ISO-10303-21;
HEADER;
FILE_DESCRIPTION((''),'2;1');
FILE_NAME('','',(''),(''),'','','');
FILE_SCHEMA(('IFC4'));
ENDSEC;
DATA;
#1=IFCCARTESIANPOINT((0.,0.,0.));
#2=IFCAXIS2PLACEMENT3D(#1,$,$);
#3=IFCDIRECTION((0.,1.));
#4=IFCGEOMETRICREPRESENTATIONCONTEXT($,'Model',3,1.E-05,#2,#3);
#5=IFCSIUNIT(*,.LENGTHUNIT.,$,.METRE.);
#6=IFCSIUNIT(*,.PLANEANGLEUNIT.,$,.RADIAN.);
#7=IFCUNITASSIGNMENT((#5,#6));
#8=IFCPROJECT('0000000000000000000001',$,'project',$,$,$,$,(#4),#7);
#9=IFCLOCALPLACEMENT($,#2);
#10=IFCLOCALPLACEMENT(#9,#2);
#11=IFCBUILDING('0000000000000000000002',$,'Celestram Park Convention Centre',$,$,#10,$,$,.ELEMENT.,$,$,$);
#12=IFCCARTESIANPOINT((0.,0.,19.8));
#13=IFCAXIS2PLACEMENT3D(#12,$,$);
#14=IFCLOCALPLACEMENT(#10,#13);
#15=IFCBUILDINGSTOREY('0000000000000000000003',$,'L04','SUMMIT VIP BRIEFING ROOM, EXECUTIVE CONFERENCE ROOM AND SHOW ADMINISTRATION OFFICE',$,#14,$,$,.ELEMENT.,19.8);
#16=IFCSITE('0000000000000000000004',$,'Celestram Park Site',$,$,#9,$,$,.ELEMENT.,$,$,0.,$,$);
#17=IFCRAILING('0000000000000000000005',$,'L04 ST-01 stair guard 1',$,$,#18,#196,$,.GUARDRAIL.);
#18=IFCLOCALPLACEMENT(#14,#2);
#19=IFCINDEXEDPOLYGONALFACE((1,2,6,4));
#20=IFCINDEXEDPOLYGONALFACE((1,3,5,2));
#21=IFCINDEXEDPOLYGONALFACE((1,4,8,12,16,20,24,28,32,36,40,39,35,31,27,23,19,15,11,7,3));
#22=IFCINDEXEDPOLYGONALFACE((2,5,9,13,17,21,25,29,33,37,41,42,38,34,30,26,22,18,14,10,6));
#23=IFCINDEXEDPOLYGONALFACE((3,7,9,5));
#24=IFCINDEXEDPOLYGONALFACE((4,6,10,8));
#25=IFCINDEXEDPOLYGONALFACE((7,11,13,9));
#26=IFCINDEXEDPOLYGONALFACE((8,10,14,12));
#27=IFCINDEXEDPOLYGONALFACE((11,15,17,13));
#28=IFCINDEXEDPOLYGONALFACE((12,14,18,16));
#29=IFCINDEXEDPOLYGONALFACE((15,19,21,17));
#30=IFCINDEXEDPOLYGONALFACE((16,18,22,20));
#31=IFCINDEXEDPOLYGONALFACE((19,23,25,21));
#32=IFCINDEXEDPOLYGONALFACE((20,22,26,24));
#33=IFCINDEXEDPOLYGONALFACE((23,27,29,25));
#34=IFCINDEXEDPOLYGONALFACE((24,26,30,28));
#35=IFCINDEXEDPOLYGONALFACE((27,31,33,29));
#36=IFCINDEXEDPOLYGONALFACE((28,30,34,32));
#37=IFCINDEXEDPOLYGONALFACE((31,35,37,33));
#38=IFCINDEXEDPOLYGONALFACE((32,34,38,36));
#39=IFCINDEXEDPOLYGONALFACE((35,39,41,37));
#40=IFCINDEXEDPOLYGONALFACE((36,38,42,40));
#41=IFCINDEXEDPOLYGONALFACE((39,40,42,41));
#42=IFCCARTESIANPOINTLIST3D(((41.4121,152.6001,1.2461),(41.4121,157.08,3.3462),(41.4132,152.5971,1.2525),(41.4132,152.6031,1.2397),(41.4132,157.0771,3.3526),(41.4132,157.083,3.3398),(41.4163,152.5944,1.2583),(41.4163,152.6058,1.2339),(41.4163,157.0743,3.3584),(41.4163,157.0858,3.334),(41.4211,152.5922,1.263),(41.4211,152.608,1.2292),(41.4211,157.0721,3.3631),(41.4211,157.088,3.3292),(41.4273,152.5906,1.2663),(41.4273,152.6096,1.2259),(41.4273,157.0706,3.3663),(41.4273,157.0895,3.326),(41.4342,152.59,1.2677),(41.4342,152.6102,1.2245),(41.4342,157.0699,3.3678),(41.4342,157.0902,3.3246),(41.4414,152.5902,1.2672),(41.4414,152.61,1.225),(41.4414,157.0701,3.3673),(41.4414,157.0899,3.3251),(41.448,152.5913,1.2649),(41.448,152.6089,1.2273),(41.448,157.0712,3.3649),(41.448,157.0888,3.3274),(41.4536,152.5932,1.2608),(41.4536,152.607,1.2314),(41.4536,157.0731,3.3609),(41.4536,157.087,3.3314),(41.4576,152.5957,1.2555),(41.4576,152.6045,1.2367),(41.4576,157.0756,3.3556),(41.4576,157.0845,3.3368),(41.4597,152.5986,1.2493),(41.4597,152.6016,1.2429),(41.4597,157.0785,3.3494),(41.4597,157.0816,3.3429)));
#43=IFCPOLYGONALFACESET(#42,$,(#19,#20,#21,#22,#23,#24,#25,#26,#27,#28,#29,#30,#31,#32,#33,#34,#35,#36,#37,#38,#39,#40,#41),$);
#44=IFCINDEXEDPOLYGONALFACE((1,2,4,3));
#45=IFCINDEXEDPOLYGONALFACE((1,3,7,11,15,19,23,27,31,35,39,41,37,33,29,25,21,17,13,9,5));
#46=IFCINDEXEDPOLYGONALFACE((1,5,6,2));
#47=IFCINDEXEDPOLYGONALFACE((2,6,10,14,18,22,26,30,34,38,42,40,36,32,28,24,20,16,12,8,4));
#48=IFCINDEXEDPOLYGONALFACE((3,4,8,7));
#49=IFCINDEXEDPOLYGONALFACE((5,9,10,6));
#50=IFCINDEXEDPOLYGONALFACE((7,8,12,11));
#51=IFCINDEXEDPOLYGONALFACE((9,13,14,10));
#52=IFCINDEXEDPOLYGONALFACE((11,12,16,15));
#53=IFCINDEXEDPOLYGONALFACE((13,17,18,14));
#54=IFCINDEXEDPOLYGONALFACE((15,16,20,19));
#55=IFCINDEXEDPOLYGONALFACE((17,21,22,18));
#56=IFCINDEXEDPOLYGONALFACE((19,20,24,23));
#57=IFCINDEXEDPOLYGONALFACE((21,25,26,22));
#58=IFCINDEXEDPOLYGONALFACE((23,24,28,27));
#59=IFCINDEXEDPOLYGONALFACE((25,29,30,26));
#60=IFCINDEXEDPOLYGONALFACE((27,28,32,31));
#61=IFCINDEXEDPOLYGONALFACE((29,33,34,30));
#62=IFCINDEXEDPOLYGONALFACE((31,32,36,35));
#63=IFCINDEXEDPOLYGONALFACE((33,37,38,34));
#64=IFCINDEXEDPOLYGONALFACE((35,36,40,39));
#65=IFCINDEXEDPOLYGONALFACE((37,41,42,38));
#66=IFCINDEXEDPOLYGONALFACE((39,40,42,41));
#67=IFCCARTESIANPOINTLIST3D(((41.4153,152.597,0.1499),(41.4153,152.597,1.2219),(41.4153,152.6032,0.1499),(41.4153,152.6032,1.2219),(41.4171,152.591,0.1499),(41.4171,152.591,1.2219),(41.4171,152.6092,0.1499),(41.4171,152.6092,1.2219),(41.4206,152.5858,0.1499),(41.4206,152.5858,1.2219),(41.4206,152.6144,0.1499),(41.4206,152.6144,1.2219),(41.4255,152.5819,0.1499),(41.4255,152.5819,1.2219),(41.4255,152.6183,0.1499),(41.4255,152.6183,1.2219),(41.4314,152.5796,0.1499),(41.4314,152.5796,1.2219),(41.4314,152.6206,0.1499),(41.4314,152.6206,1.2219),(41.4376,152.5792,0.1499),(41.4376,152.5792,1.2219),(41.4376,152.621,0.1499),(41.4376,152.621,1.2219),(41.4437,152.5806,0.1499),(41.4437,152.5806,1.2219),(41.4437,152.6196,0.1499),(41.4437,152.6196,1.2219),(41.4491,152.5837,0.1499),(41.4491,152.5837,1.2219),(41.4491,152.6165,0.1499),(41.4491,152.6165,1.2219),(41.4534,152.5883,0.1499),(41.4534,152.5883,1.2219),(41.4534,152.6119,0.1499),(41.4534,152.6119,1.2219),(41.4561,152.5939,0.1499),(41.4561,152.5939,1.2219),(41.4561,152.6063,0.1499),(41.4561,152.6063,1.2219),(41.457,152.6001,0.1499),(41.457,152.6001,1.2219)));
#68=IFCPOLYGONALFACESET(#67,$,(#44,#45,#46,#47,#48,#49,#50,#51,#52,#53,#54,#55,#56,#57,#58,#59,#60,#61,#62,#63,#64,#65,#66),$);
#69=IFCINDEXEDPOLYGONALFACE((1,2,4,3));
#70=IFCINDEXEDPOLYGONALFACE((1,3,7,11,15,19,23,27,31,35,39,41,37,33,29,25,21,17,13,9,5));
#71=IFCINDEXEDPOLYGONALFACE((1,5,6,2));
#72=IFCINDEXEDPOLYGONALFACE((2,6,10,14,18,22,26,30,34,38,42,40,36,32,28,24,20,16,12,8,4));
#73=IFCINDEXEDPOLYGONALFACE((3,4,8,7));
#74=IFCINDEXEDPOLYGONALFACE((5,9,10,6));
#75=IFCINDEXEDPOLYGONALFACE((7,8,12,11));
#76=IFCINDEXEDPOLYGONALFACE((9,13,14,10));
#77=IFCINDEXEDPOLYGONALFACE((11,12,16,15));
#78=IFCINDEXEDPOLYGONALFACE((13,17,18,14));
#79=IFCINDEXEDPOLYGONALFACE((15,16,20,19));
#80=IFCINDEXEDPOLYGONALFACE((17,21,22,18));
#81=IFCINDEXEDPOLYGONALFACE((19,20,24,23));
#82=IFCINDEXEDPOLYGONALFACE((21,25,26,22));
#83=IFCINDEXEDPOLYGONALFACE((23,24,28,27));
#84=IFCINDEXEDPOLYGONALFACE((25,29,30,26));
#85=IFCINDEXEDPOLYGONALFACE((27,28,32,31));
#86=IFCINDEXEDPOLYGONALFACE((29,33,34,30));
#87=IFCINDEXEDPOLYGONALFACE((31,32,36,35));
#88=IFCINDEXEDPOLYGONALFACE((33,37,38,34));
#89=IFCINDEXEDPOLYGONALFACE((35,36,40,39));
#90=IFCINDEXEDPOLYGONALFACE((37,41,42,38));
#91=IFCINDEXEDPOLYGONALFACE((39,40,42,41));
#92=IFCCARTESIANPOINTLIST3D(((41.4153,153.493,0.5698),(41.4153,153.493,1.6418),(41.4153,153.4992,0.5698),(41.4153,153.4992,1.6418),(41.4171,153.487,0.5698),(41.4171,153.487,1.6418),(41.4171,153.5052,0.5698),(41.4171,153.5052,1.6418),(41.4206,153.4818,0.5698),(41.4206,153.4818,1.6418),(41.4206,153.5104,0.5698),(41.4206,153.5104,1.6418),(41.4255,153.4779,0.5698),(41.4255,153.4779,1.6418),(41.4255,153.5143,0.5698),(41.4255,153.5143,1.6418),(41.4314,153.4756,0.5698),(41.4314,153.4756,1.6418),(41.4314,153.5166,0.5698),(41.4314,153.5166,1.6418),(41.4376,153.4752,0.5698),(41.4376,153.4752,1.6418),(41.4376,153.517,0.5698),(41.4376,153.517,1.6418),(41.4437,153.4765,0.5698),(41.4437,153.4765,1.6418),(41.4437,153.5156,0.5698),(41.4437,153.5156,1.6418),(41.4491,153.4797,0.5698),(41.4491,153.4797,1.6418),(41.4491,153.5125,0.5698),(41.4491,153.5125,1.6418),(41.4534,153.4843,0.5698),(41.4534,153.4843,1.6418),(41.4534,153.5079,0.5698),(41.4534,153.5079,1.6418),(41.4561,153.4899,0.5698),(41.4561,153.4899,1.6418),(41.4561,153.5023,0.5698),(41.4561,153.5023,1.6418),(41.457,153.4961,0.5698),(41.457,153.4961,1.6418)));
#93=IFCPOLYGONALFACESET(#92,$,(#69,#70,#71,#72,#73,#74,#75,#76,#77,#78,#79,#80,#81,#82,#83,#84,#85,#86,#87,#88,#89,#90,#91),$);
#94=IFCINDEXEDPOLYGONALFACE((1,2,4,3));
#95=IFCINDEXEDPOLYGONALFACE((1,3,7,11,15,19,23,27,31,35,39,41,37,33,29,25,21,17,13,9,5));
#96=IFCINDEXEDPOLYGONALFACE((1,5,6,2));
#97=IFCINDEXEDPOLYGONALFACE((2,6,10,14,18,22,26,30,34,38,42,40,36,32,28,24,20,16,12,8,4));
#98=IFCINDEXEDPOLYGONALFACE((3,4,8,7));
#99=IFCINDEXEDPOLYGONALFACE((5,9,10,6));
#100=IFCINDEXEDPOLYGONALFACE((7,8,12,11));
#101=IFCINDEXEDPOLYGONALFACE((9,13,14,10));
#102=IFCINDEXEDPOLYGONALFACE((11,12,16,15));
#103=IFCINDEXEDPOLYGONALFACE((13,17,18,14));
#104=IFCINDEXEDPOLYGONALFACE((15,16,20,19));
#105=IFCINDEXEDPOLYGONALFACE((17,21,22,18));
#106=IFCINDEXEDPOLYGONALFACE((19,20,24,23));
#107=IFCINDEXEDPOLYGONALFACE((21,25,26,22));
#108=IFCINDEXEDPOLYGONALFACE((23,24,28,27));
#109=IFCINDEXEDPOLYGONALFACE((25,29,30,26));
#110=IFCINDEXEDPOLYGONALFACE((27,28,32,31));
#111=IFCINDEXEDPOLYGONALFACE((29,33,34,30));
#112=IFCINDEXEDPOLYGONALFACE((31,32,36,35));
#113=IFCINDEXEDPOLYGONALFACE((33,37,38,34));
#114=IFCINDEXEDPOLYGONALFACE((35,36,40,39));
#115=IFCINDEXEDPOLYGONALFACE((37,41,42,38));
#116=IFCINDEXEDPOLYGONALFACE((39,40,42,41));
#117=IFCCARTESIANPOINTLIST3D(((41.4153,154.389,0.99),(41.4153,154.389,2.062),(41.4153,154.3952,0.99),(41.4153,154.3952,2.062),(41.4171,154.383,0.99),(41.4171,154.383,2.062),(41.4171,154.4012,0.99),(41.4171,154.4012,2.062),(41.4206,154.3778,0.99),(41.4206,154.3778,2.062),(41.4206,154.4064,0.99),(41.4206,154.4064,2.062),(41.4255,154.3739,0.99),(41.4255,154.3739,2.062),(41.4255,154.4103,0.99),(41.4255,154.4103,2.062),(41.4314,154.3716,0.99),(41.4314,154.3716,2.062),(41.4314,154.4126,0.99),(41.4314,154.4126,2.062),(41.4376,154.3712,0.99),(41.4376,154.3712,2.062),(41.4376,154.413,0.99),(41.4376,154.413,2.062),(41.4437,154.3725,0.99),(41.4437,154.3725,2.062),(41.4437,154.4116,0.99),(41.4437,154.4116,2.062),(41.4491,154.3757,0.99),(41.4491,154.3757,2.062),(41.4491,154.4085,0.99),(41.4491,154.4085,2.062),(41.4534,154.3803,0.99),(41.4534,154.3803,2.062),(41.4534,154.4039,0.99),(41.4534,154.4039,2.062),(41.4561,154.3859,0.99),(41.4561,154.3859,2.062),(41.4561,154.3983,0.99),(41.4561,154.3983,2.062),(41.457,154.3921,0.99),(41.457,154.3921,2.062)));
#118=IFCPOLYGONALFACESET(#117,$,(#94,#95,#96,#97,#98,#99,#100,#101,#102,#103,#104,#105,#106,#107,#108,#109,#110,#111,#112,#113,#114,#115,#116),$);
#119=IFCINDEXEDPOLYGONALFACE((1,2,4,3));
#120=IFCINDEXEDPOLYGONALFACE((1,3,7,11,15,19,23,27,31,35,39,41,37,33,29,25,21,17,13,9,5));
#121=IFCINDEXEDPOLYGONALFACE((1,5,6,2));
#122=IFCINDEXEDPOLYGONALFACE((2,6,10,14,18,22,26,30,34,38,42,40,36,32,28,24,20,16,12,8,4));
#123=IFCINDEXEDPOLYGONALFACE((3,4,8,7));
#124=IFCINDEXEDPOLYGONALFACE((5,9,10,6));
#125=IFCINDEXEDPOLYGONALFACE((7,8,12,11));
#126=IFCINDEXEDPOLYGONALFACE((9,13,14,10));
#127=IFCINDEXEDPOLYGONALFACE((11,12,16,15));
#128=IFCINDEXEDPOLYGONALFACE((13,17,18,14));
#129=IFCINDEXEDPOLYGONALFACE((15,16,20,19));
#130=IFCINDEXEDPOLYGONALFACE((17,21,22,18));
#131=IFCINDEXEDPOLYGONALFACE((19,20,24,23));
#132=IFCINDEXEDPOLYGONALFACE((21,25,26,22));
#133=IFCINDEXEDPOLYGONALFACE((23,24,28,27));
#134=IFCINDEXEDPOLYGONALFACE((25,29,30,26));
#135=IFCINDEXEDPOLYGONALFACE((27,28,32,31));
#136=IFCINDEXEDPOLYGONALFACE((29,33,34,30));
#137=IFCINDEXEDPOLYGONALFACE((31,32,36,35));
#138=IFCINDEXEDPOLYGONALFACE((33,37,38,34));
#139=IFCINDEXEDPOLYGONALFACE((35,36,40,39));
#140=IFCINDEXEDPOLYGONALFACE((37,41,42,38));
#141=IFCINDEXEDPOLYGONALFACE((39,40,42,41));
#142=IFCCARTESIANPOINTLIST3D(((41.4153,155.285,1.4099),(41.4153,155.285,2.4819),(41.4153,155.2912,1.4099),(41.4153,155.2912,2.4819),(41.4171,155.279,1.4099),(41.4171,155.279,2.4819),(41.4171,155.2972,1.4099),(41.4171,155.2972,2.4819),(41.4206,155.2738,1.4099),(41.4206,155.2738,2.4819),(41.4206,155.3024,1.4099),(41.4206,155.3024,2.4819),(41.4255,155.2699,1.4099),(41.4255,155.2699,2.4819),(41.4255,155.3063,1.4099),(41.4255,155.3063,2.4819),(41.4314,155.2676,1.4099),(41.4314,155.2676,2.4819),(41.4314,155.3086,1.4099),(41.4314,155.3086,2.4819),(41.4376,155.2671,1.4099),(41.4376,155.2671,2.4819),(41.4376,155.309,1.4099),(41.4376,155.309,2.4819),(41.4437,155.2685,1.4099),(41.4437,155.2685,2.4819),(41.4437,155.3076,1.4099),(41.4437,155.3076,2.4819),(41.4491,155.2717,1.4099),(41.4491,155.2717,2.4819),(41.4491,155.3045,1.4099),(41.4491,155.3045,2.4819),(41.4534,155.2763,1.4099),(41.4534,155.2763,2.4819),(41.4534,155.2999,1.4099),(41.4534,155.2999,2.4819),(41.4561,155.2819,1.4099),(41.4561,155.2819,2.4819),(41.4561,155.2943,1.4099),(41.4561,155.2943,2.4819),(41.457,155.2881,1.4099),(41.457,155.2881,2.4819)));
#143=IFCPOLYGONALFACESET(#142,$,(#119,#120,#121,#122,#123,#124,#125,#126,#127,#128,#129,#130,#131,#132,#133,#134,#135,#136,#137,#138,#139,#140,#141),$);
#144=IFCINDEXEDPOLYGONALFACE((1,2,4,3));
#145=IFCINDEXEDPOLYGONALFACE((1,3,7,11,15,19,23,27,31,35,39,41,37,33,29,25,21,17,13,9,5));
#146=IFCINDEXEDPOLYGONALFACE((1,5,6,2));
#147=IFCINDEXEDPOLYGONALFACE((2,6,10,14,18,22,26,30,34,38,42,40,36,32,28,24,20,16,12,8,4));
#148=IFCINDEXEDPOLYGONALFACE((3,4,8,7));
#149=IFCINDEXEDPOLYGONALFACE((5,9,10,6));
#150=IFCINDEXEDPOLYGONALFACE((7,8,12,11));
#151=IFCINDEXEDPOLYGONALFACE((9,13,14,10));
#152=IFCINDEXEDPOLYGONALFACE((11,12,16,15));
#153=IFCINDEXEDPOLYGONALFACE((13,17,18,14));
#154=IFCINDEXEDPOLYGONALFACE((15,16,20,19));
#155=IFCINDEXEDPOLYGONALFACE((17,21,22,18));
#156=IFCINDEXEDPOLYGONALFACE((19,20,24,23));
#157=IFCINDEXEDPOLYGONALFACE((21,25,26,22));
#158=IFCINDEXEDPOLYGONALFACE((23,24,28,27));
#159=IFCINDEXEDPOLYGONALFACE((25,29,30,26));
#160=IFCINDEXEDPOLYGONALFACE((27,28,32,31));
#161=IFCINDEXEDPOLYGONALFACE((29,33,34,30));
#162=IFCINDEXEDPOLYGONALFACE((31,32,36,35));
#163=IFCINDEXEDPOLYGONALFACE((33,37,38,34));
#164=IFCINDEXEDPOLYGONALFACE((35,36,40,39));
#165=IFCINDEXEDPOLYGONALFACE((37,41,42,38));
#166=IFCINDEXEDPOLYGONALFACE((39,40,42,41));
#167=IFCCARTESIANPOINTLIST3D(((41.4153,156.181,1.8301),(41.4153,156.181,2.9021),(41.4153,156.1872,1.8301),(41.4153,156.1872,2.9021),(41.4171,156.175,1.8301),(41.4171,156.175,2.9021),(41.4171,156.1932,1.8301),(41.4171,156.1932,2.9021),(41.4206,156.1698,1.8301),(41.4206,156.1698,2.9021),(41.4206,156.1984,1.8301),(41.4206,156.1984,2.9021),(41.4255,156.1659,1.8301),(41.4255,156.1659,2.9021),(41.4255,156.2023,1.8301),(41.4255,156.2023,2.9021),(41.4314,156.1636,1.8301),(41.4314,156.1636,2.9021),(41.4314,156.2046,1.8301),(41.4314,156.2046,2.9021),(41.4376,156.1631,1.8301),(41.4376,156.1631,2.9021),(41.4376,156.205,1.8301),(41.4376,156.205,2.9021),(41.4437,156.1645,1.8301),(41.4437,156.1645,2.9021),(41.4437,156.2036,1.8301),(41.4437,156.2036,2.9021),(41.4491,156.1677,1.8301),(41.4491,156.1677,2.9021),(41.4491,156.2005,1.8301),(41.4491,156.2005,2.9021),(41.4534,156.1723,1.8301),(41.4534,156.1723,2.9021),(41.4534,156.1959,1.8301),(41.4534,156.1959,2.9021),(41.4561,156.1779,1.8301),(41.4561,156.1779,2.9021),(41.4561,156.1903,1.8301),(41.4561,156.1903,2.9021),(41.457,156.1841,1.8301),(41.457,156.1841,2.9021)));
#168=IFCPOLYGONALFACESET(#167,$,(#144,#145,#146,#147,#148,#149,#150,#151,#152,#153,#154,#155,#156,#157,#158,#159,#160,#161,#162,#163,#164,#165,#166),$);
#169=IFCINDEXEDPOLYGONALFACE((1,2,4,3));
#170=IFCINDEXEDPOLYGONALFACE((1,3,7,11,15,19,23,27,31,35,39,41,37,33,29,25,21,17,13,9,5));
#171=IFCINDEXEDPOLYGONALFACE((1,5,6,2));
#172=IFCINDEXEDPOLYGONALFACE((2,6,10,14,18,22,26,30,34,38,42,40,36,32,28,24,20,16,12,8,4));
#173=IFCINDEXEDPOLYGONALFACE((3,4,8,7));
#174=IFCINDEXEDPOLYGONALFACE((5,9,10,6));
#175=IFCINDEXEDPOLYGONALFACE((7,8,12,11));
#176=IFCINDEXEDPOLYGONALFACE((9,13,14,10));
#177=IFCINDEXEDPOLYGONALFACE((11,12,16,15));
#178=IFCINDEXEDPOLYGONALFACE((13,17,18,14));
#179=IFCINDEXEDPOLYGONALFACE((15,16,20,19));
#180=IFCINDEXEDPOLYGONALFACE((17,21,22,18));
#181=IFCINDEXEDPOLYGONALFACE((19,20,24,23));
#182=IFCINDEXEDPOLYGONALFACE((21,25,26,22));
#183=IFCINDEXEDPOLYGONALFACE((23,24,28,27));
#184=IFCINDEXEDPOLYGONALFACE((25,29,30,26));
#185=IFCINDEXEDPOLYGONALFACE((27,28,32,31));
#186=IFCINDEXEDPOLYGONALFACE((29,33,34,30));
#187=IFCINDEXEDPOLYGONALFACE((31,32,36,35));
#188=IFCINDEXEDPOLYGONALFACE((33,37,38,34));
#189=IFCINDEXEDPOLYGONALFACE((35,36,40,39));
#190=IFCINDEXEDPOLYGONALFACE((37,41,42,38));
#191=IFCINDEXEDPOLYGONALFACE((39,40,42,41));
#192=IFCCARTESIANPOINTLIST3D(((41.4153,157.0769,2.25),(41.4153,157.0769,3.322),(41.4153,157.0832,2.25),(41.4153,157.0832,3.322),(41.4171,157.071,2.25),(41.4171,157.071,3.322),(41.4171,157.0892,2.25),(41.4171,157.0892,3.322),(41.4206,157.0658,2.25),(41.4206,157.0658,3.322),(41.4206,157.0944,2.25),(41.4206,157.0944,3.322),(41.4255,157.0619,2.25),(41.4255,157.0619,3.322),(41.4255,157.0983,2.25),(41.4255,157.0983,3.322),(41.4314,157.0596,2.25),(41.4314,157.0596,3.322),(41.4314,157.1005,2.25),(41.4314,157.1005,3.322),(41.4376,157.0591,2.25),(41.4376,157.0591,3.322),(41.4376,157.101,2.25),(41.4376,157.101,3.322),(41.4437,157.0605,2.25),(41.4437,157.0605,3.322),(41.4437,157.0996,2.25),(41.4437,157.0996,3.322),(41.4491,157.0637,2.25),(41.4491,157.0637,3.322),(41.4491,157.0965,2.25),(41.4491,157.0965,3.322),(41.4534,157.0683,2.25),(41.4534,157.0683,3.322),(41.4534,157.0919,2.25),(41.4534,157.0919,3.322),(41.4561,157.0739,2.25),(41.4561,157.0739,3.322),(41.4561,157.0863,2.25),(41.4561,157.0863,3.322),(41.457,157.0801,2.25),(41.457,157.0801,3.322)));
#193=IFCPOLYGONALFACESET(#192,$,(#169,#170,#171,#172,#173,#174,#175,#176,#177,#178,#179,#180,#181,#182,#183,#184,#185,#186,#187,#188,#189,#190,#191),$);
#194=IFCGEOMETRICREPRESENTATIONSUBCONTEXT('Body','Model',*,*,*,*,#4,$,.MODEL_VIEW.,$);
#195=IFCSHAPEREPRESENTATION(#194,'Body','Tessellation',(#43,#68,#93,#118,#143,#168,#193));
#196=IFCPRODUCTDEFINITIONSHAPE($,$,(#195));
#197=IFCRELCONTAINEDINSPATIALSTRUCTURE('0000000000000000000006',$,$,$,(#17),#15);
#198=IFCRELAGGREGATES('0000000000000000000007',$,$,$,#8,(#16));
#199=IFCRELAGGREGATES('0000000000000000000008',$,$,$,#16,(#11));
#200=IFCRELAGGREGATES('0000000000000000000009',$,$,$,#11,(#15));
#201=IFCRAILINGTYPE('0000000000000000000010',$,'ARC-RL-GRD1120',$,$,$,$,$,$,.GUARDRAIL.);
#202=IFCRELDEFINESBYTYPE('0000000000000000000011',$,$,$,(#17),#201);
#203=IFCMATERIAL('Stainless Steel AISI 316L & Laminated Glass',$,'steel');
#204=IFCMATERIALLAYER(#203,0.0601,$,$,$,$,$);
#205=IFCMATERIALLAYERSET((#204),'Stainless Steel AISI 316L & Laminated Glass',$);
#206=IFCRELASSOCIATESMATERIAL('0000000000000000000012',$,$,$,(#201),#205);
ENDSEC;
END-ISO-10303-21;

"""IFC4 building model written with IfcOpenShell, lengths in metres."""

from ifc_helpers import new_model, si_unit, direction, frame, origin, origin_2d, place, context, subcontext, project, spatial, circle, extrude, material, layer, layer_set, type_object, element, save


model = new_model("IFC4")

# Units and contexts
model_context = context("Model", 3, precision=1e-05, world=origin(), true_north=direction((0.0, 1.0)))
body_context = subcontext(model_context, "Body", "Model", "MODEL_VIEW")
ifc_project = project(units=[si_unit("LENGTHUNIT", "METRE"), si_unit("PLANEANGLEUNIT", "RADIAN")], contexts=[model_context])

# Site, building, storey
site_placement = place(None, origin())
site = spatial("IfcSite", under=ifc_project, at=site_placement, Name="Celestram Park Site", CompositionType="ELEMENT", RefElevation=0.0)
building_placement = place(site_placement, origin())
building = spatial("IfcBuilding", under=site, at=building_placement, Name="Celestram Park Convention Centre", CompositionType="ELEMENT")
storey_placement = place(building_placement, frame((0.0, 0.0, 19.8)))
storey = spatial("IfcBuildingStorey", under=building, at=storey_placement, Name="L04", Description="SUMMIT VIP BRIEFING ROOM, EXECUTIVE CONFERENCE ROOM AND SHOW ADMINISTRATION OFFICE", CompositionType="ELEMENT", Elevation=19.8)

# Railing
ifc_material_1 = material(Name="Stainless Steel AISI 316L & Laminated Glass", Category="steel")
ifc_layer_1 = layer(ifc_material_1, 0.0601)
ifc_layer_set_1 = layer_set([ifc_layer_1], Name="Stainless Steel AISI 316L & Laminated Glass")
railing_type_1 = type_object("IfcRailingType", Name="ARC-RL-GRD1120", PredefinedType="GUARDRAIL", material=ifc_layer_set_1)
railing_1_placement = place(storey_placement, frame((41.436, 152.6001, 0.1499)))
element("IfcRailing", 1, at=railing_1_placement, inside=storey, type_object=railing_type_1, Name="L04 ST-01 stair guard 1", PredefinedType="GUARDRAIL", context=body_context, shape_type="SweptSolid", body=[
    extrude(circle(Radius=0.0239, at=origin_2d()), frame((0.0, 0.0, 1.0962), z_axis=(0.0, 0.905451, 0.424452), x_axis=(-1.0, 0.0, 0.0)), (0.0, 0.0, 1.0), 4.9478),
    extrude(circle(Radius=0.021, at=origin_2d()), origin(), (0.0, 0.0, 1.0), 1.072),
    extrude(circle(Radius=0.021, at=origin_2d()), frame((0.0, 0.896, 0.4199)), (0.0, 0.0, 1.0), 1.072),
    extrude(circle(Radius=0.021, at=origin_2d()), frame((0.0, 1.792, 0.8401)), (0.0, 0.0, 1.0), 1.072),
    extrude(circle(Radius=0.021, at=origin_2d()), frame((0.0, 2.688, 1.26)), (0.0, 0.0, 1.0), 1.072),
    extrude(circle(Radius=0.021, at=origin_2d()), frame((0.0, 3.584, 1.6802)), (0.0, 0.0, 1.0), 1.072),
    extrude(circle(Radius=0.021, at=origin_2d()), frame((0.0, 4.48, 2.1001)), (0.0, 0.0, 1.0), 1.072),
])

save(model, "model.ifc")
